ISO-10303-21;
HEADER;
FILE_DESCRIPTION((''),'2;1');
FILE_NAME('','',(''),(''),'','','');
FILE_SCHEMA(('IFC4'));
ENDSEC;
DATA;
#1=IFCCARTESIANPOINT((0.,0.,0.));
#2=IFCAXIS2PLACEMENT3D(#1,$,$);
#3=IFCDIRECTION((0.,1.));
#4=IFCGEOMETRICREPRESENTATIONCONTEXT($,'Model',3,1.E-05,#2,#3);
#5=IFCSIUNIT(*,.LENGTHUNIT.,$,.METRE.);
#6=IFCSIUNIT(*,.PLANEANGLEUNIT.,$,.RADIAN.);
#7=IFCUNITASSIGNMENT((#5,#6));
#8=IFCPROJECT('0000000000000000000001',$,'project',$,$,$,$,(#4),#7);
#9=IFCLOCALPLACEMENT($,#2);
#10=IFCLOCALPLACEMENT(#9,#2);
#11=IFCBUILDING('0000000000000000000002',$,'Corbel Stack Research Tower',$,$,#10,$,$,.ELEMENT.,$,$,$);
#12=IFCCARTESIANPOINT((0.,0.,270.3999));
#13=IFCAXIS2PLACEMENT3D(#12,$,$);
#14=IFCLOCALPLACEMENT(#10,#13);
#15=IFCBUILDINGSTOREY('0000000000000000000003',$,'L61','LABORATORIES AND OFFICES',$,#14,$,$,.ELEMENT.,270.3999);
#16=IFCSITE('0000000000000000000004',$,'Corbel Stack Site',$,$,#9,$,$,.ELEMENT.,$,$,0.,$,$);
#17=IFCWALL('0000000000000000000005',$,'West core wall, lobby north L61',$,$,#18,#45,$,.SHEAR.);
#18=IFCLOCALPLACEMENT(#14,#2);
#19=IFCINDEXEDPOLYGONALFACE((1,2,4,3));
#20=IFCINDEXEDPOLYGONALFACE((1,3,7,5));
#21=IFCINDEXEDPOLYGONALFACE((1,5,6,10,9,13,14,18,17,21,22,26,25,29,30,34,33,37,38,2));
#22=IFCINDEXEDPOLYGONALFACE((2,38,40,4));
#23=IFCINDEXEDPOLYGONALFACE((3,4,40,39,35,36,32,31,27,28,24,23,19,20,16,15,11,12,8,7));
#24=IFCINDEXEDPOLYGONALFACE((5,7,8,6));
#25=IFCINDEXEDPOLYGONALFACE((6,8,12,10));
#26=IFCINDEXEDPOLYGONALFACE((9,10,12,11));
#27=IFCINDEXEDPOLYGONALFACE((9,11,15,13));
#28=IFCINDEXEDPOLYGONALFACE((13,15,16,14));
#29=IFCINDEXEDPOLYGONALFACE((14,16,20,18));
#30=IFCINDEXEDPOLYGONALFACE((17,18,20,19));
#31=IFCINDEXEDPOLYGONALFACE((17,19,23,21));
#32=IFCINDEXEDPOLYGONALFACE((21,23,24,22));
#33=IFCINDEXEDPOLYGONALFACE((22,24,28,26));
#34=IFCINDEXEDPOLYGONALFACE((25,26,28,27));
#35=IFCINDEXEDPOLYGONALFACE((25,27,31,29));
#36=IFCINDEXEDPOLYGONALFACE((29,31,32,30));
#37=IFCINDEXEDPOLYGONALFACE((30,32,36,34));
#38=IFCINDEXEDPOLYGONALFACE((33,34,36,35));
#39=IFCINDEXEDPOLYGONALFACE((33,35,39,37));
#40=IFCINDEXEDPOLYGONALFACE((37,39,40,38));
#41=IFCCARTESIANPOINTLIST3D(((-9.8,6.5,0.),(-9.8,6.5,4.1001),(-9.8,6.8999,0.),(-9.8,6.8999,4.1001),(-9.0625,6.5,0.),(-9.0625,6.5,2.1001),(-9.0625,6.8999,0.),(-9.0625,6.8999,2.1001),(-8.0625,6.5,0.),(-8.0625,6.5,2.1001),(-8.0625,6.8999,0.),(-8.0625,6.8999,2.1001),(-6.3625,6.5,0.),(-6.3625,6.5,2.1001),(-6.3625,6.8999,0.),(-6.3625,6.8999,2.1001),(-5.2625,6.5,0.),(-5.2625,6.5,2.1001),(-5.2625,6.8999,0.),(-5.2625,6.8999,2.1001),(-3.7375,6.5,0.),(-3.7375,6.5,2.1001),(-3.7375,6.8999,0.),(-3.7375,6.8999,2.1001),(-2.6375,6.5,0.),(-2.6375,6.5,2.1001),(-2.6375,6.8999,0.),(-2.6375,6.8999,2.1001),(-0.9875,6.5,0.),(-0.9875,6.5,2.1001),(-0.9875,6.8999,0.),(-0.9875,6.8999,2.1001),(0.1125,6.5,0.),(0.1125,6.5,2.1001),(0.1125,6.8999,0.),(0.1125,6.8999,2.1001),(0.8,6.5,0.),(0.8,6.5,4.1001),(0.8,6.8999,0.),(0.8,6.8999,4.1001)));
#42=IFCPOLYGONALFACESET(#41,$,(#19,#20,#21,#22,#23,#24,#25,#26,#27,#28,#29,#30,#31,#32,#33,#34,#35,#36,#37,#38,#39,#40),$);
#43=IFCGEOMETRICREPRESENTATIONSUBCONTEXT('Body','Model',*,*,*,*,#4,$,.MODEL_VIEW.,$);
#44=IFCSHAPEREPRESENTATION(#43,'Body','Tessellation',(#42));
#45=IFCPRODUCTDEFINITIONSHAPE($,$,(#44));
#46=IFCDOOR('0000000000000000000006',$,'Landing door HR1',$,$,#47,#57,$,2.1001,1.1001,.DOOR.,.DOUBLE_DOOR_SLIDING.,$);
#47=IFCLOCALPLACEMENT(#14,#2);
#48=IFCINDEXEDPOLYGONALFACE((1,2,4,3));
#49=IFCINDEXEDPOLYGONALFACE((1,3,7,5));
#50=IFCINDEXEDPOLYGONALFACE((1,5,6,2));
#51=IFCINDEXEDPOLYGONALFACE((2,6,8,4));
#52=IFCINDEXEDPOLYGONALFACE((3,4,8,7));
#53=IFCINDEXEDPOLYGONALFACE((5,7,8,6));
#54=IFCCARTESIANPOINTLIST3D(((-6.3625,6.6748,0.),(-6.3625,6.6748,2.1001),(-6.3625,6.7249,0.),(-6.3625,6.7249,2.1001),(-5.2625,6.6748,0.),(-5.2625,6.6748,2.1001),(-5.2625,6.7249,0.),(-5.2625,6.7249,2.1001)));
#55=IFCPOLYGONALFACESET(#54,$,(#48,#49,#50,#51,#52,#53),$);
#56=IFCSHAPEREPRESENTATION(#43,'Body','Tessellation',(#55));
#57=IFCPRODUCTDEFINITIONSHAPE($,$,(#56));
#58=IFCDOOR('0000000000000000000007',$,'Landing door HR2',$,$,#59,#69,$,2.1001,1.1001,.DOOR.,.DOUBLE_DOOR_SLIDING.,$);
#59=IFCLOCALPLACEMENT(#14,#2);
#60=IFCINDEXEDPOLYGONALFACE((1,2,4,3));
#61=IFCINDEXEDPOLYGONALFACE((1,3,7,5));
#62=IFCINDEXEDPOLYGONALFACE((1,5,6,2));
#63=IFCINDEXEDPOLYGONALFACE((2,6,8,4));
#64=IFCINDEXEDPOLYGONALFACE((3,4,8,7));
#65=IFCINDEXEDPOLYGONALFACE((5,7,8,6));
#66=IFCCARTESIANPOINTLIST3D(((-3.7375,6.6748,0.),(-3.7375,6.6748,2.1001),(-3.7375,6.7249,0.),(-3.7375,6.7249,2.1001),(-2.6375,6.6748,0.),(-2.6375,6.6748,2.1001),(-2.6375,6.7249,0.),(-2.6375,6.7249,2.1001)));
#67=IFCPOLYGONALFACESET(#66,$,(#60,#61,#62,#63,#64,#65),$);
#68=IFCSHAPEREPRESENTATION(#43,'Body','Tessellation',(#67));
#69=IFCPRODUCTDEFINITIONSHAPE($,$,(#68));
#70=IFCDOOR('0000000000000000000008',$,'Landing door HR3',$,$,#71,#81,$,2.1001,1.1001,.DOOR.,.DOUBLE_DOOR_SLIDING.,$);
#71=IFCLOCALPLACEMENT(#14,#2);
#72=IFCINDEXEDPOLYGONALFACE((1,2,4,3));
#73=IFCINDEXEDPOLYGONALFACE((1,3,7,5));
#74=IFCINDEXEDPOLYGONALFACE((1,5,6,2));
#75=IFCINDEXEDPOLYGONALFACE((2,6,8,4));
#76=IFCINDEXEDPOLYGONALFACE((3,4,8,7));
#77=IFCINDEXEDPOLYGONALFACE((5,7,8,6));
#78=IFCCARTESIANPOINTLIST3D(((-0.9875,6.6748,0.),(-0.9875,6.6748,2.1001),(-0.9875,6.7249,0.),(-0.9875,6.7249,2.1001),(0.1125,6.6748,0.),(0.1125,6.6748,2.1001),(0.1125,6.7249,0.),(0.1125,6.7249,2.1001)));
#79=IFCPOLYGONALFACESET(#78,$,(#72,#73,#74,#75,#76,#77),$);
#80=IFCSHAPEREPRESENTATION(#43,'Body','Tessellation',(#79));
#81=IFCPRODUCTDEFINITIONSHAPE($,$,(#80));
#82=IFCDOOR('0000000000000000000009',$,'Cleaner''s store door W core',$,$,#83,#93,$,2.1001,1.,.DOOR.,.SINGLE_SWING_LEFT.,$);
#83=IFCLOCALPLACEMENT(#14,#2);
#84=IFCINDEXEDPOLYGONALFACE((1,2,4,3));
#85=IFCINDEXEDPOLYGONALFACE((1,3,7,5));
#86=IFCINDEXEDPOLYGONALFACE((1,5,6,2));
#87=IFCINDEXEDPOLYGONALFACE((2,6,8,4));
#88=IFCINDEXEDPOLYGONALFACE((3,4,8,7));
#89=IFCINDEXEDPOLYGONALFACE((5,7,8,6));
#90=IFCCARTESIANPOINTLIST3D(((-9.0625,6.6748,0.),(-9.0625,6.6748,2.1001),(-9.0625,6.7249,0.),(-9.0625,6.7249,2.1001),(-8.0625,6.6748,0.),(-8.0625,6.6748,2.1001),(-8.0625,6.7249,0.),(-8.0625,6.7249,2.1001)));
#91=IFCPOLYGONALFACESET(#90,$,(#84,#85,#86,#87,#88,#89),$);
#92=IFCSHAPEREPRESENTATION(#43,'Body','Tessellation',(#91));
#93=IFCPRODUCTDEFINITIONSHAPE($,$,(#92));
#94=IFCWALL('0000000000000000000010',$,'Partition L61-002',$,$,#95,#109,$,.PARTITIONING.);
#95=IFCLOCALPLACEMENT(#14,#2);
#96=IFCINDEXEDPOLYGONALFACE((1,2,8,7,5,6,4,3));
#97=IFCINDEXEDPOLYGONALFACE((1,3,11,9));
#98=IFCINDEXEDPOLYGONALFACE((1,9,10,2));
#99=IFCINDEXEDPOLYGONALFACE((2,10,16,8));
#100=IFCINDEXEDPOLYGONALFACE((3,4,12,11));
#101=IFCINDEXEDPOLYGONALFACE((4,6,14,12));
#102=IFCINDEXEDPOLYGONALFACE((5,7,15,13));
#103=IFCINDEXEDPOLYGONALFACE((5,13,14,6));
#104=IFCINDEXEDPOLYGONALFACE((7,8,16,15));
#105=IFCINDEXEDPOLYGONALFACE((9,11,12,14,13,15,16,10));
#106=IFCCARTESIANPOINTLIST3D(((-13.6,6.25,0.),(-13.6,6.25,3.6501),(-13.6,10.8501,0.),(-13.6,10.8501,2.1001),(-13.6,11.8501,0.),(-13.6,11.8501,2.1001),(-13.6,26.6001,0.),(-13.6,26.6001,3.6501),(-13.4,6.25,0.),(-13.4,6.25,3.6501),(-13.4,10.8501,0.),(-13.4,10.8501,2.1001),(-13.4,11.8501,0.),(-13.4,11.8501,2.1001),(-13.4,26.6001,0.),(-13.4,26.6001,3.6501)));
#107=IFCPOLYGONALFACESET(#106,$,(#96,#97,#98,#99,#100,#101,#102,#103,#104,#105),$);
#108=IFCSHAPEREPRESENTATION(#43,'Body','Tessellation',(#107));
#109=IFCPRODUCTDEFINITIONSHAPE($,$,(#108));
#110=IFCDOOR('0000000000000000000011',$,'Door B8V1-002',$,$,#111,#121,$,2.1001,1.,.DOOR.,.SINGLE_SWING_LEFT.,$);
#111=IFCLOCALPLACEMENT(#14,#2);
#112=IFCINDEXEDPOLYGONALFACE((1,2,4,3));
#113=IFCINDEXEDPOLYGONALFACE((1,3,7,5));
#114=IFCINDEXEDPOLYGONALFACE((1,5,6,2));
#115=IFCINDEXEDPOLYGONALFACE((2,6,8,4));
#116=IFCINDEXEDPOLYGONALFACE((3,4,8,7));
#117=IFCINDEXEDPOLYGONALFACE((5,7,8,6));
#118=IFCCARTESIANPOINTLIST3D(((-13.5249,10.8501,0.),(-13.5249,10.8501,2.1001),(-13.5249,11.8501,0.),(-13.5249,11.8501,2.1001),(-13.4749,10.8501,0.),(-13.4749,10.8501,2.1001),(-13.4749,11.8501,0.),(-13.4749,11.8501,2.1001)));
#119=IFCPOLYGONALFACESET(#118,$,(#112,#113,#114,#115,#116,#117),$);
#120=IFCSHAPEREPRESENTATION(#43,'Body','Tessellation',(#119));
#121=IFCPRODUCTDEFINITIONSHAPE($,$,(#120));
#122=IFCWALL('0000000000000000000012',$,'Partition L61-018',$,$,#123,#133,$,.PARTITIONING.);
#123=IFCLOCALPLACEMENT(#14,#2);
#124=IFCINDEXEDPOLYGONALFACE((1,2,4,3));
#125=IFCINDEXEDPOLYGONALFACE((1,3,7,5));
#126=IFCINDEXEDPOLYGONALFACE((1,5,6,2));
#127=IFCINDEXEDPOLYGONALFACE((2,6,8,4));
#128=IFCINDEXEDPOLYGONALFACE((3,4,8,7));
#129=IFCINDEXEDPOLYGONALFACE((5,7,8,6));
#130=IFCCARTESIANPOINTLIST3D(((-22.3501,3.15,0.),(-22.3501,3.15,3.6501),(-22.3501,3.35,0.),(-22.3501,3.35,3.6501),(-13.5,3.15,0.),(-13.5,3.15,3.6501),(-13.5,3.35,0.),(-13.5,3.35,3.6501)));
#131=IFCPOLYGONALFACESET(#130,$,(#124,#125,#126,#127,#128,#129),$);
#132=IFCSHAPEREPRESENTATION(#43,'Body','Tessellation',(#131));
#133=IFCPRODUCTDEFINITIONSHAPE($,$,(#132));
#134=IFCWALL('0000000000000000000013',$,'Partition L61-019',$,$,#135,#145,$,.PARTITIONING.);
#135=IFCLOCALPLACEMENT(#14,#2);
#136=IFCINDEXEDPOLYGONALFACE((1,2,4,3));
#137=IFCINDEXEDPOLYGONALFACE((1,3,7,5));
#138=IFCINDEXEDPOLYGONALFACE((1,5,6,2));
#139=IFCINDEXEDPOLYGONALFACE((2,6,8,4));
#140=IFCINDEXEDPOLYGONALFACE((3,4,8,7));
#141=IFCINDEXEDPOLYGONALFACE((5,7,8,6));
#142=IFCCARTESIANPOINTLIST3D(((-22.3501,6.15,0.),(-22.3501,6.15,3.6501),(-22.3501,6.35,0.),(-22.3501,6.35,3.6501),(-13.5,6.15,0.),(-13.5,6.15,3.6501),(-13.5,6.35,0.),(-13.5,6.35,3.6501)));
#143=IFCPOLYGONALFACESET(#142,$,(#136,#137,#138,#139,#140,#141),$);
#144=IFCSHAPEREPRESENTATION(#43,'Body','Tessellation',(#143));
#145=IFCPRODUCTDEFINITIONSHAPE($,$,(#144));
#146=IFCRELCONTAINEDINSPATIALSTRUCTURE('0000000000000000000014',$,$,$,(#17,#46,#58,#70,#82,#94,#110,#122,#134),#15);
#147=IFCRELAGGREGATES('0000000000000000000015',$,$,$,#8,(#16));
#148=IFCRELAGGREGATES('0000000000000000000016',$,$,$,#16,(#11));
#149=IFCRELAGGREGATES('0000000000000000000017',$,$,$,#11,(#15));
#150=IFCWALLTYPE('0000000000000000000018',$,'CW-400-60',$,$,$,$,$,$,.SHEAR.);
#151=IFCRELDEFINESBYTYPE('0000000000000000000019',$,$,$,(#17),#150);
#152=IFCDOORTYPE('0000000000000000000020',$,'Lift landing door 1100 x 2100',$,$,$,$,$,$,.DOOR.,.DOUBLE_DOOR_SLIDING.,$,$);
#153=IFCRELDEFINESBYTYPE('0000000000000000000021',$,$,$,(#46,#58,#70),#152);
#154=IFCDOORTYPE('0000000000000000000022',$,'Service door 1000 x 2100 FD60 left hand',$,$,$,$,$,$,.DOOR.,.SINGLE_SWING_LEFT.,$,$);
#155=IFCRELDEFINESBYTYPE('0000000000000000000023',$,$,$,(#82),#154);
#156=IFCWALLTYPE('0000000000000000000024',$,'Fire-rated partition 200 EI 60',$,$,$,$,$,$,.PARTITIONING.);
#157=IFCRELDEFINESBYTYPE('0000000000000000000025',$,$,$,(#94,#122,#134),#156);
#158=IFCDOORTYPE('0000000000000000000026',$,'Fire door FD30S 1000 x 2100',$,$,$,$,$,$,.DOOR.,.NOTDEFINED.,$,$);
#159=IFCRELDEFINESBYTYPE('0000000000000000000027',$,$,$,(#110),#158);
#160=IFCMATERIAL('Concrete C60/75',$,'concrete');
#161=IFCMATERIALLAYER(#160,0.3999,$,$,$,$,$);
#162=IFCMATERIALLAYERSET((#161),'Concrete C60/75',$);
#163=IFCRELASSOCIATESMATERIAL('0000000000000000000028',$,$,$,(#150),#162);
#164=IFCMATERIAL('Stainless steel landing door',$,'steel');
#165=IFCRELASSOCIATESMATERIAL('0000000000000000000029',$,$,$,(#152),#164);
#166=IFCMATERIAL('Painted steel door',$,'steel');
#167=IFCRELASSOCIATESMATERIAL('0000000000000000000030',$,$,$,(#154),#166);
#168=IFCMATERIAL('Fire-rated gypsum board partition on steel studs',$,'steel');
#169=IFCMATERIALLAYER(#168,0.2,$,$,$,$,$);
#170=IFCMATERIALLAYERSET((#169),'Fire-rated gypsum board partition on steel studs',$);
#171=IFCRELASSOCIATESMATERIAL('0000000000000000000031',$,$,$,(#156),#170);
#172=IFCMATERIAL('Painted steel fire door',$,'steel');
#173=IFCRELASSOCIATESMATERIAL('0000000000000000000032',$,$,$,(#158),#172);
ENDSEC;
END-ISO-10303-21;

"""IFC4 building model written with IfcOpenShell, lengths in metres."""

from ifc_helpers import new_model, si_unit, direction, frame, frame_2d, origin, place, context, subcontext, project, spatial, rectangle, extrude, material, layer, layer_set, type_object, element, fill, save


model = new_model("IFC4")

# Units and contexts
model_context = context("Model", 3, precision=1e-05, world=origin(), true_north=direction((0.0, 1.0)))
body_context = subcontext(model_context, "Body", "Model", "MODEL_VIEW")
ifc_project = project(units=[si_unit("LENGTHUNIT", "METRE"), si_unit("PLANEANGLEUNIT", "RADIAN")], contexts=[model_context])

# Site, building, storey
site_placement = place(None, origin())
site = spatial("IfcSite", under=ifc_project, at=site_placement, Name="Corbel Stack Site", CompositionType="ELEMENT", RefElevation=0.0)
building_placement = place(site_placement, origin())
building = spatial("IfcBuilding", under=site, at=building_placement, Name="Corbel Stack Research Tower", CompositionType="ELEMENT")
storey_placement = place(building_placement, frame((0.0, 0.0, 270.3999)))
storey = spatial("IfcBuildingStorey", under=building, at=storey_placement, Name="L61", Description="LABORATORIES AND OFFICES", CompositionType="ELEMENT", Elevation=270.3999)

# Wall, openings, doors
ifc_material_1 = material(Name="Concrete C60/75", Category="concrete")
ifc_layer_1 = layer(ifc_material_1, 0.3999)
ifc_layer_set_1 = layer_set([ifc_layer_1], Name="Concrete C60/75")
wall_type_1 = type_object("IfcWallType", Name="CW-400-60", PredefinedType="SHEAR", material=ifc_layer_set_1)
ifc_material_2 = material(Name="Stainless steel landing door", Category="steel")
door_type_1 = type_object("IfcDoorType", Name="Lift landing door 1100 x 2100", OperationType="DOUBLE_DOOR_SLIDING", PredefinedType="DOOR", material=ifc_material_2)
ifc_material_3 = material(Name="Painted steel door", Category="steel")
door_type_2 = type_object("IfcDoorType", Name="Service door 1000 x 2100 FD60 left hand", OperationType="SINGLE_SWING_LEFT", PredefinedType="DOOR", material=ifc_material_3)
wall_1_placement = place(storey_placement, frame((-9.8, 6.7, 0.0), z_axis=(0.0, 0.0, 1.0), x_axis=(1.0, 0.0, 0.0)))
wall_1 = element("IfcWall", 1, at=wall_1_placement, inside=storey, type_object=wall_type_1, Name="West core wall, lobby north L61", PredefinedType="SHEAR", context=body_context, shape_type="SweptSolid", body=[
    extrude(rectangle(XDim=10.6001, YDim=0.3999, at=frame_2d((5.3, 0.0))), origin(), (0.0, 0.0, 1.0), 4.1001),
])
opening_1_placement = place(wall_1_placement, frame((3.4375, 0.0, 0.0)))
opening_1 = element("IfcOpeningElement", 2, at=opening_1_placement, cuts=wall_1, PredefinedType="OPENING", context=body_context, shape_type="SweptSolid", body=[
    extrude(rectangle(XDim=1.1001, YDim=2.1001, at=frame_2d((0.55, 1.05))), frame((0.0, 0.21, 0.0), z_axis=(0.0, -1.0, 0.0), x_axis=(1.0, 0.0, 0.0)), (0.0, 0.0, 1.0), 0.4199),
])
opening_2_placement = place(wall_1_placement, frame((6.0625, 0.0, 0.0)))
opening_2 = element("IfcOpeningElement", 3, at=opening_2_placement, cuts=wall_1, PredefinedType="OPENING", context=body_context, shape_type="SweptSolid", body=[
    extrude(rectangle(XDim=1.1001, YDim=2.1001, at=frame_2d((0.55, 1.05))), frame((0.0, 0.21, 0.0), z_axis=(0.0, -1.0, 0.0), x_axis=(1.0, 0.0, 0.0)), (0.0, 0.0, 1.0), 0.4199),
])
opening_3_placement = place(wall_1_placement, frame((8.8125, 0.0, 0.0)))
opening_3 = element("IfcOpeningElement", 4, at=opening_3_placement, cuts=wall_1, PredefinedType="OPENING", context=body_context, shape_type="SweptSolid", body=[
    extrude(rectangle(XDim=1.1001, YDim=2.1001, at=frame_2d((0.55, 1.05))), frame((0.0, 0.21, 0.0), z_axis=(0.0, -1.0, 0.0), x_axis=(1.0, 0.0, 0.0)), (0.0, 0.0, 1.0), 0.4199),
])
opening_4_placement = place(wall_1_placement, frame((0.7375, 0.0, 0.0)))
opening_4 = element("IfcOpeningElement", 5, at=opening_4_placement, cuts=wall_1, PredefinedType="OPENING", context=body_context, shape_type="SweptSolid", body=[
    extrude(rectangle(XDim=1.0, YDim=2.1001, at=frame_2d((0.5, 1.05))), frame((0.0, 0.21, 0.0), z_axis=(0.0, -1.0, 0.0), x_axis=(1.0, 0.0, 0.0)), (0.0, 0.0, 1.0), 0.4199),
])
door_1_placement = place(opening_1_placement, origin())
door_1 = element("IfcDoor", 6, at=door_1_placement, inside=storey, type_object=door_type_1, Name="Landing door HR1", OperationType="DOUBLE_DOOR_SLIDING", OverallHeight=2.1001, OverallWidth=1.1001, PredefinedType="DOOR", context=body_context, shape_type="SweptSolid", body=[
    extrude(rectangle(XDim=1.1001, YDim=2.1001, at=frame_2d((0.55, 1.05))), frame((0.0, 0.0249, 0.0), z_axis=(0.0, -1.0, 0.0), x_axis=(1.0, 0.0, 0.0)), (0.0, 0.0, 1.0), 0.05),
])
fill(opening_1, door_1)
door_2_placement = place(opening_2_placement, origin())
door_2 = element("IfcDoor", 7, at=door_2_placement, inside=storey, type_object=door_type_1, Name="Landing door HR2", OperationType="DOUBLE_DOOR_SLIDING", OverallHeight=2.1001, OverallWidth=1.1001, PredefinedType="DOOR", context=body_context, shape_type="SweptSolid", body=[
    extrude(rectangle(XDim=1.1001, YDim=2.1001, at=frame_2d((0.55, 1.05))), frame((0.0, 0.0249, 0.0), z_axis=(0.0, -1.0, 0.0), x_axis=(1.0, 0.0, 0.0)), (0.0, 0.0, 1.0), 0.05),
])
fill(opening_2, door_2)
door_3_placement = place(opening_3_placement, origin())
door_3 = element("IfcDoor", 8, at=door_3_placement, inside=storey, type_object=door_type_1, Name="Landing door HR3", OperationType="DOUBLE_DOOR_SLIDING", OverallHeight=2.1001, OverallWidth=1.1001, PredefinedType="DOOR", context=body_context, shape_type="SweptSolid", body=[
    extrude(rectangle(XDim=1.1001, YDim=2.1001, at=frame_2d((0.55, 1.05))), frame((0.0, 0.0249, 0.0), z_axis=(0.0, -1.0, 0.0), x_axis=(1.0, 0.0, 0.0)), (0.0, 0.0, 1.0), 0.05),
])
fill(opening_3, door_3)
door_4_placement = place(opening_4_placement, origin())
door_4 = element("IfcDoor", 9, at=door_4_placement, inside=storey, type_object=door_type_2, Name="Cleaner's store door W core", OperationType="SINGLE_SWING_LEFT", OverallHeight=2.1001, OverallWidth=1.0, PredefinedType="DOOR", context=body_context, shape_type="SweptSolid", body=[
    extrude(rectangle(XDim=1.0, YDim=2.1001, at=frame_2d((0.5, 1.05))), frame((0.0, 0.0249, 0.0), z_axis=(0.0, -1.0, 0.0), x_axis=(1.0, 0.0, 0.0)), (0.0, 0.0, 1.0), 0.05),
])
fill(opening_4, door_4)

# Wall, opening, door
ifc_material_4 = material(Name="Fire-rated gypsum board partition on steel studs", Category="steel")
ifc_layer_2 = layer(ifc_material_4, 0.2)
ifc_layer_set_2 = layer_set([ifc_layer_2], Name="Fire-rated gypsum board partition on steel studs")
wall_type_2 = type_object("IfcWallType", Name="Fire-rated partition 200 EI 60", PredefinedType="PARTITIONING", material=ifc_layer_set_2)
wall_2_placement = place(storey_placement, frame((-13.5, 6.25, 0.0), z_axis=(0.0, 0.0, 1.0), x_axis=(0.0, 1.0, 0.0)))
wall_2 = element("IfcWall", 10, at=wall_2_placement, inside=storey, type_object=wall_type_2, Name="Partition L61-002", PredefinedType="PARTITIONING", context=body_context, shape_type="SweptSolid", body=[
    extrude(rectangle(XDim=20.3501, YDim=0.2, at=frame_2d((10.175, 0.0))), origin(), (0.0, 0.0, 1.0), 3.6501),
])
opening_5_placement = place(wall_2_placement, frame((4.6001, 0.0, 0.0)))
opening_5 = element("IfcOpeningElement", 11, at=opening_5_placement, cuts=wall_2, PredefinedType="OPENING", context=body_context, shape_type="SweptSolid", body=[
    extrude(rectangle(XDim=1.0, YDim=2.1001, at=frame_2d((0.5, 1.05))), frame((0.0, 0.1099, 0.0), z_axis=(0.0, -1.0, 0.0), x_axis=(1.0, 0.0, 0.0)), (0.0, 0.0, 1.0), 0.22),
])
ifc_material_5 = material(Name="Painted steel fire door", Category="steel")
door_type_3 = type_object("IfcDoorType", Name="Fire door FD30S 1000 x 2100", OperationType="NOTDEFINED", PredefinedType="DOOR", material=ifc_material_5)
door_5_placement = place(opening_5_placement, origin())
door_5 = element("IfcDoor", 12, at=door_5_placement, inside=storey, type_object=door_type_3, Name="Door B8V1-002", OperationType="SINGLE_SWING_LEFT", OverallHeight=2.1001, OverallWidth=1.0, PredefinedType="DOOR", context=body_context, shape_type="SweptSolid", body=[
    extrude(rectangle(XDim=1.0, YDim=2.1001, at=frame_2d((0.5, 1.05))), frame((0.0, 0.0249, 0.0), z_axis=(0.0, -1.0, 0.0), x_axis=(1.0, 0.0, 0.0)), (0.0, 0.0, 1.0), 0.05),
])
fill(opening_5, door_5)

# Walls
for number, where, z_axis, x_axis, name in (
    (13, (-22.3501, 3.25, 0.0), (0.0, 0.0, 1.0), (1.0, 0.0, 0.0), "Partition L61-018"),
    (14, (-22.3501, 6.25, 0.0), (0.0, 0.0, 1.0), (1.0, 0.0, 0.0), "Partition L61-019"),
):
    element("IfcWall", number, at=place(storey_placement, frame(where, z_axis=z_axis, x_axis=x_axis)), inside=storey, type_object=wall_type_2, Name=name, PredefinedType="PARTITIONING", context=body_context, shape_type="SweptSolid", body=[
        extrude(rectangle(XDim=8.8501, YDim=0.2, at=frame_2d((4.425, 0.0))), origin(), (0.0, 0.0, 1.0), 3.6501),
    ])

save(model, "model.ifc")
